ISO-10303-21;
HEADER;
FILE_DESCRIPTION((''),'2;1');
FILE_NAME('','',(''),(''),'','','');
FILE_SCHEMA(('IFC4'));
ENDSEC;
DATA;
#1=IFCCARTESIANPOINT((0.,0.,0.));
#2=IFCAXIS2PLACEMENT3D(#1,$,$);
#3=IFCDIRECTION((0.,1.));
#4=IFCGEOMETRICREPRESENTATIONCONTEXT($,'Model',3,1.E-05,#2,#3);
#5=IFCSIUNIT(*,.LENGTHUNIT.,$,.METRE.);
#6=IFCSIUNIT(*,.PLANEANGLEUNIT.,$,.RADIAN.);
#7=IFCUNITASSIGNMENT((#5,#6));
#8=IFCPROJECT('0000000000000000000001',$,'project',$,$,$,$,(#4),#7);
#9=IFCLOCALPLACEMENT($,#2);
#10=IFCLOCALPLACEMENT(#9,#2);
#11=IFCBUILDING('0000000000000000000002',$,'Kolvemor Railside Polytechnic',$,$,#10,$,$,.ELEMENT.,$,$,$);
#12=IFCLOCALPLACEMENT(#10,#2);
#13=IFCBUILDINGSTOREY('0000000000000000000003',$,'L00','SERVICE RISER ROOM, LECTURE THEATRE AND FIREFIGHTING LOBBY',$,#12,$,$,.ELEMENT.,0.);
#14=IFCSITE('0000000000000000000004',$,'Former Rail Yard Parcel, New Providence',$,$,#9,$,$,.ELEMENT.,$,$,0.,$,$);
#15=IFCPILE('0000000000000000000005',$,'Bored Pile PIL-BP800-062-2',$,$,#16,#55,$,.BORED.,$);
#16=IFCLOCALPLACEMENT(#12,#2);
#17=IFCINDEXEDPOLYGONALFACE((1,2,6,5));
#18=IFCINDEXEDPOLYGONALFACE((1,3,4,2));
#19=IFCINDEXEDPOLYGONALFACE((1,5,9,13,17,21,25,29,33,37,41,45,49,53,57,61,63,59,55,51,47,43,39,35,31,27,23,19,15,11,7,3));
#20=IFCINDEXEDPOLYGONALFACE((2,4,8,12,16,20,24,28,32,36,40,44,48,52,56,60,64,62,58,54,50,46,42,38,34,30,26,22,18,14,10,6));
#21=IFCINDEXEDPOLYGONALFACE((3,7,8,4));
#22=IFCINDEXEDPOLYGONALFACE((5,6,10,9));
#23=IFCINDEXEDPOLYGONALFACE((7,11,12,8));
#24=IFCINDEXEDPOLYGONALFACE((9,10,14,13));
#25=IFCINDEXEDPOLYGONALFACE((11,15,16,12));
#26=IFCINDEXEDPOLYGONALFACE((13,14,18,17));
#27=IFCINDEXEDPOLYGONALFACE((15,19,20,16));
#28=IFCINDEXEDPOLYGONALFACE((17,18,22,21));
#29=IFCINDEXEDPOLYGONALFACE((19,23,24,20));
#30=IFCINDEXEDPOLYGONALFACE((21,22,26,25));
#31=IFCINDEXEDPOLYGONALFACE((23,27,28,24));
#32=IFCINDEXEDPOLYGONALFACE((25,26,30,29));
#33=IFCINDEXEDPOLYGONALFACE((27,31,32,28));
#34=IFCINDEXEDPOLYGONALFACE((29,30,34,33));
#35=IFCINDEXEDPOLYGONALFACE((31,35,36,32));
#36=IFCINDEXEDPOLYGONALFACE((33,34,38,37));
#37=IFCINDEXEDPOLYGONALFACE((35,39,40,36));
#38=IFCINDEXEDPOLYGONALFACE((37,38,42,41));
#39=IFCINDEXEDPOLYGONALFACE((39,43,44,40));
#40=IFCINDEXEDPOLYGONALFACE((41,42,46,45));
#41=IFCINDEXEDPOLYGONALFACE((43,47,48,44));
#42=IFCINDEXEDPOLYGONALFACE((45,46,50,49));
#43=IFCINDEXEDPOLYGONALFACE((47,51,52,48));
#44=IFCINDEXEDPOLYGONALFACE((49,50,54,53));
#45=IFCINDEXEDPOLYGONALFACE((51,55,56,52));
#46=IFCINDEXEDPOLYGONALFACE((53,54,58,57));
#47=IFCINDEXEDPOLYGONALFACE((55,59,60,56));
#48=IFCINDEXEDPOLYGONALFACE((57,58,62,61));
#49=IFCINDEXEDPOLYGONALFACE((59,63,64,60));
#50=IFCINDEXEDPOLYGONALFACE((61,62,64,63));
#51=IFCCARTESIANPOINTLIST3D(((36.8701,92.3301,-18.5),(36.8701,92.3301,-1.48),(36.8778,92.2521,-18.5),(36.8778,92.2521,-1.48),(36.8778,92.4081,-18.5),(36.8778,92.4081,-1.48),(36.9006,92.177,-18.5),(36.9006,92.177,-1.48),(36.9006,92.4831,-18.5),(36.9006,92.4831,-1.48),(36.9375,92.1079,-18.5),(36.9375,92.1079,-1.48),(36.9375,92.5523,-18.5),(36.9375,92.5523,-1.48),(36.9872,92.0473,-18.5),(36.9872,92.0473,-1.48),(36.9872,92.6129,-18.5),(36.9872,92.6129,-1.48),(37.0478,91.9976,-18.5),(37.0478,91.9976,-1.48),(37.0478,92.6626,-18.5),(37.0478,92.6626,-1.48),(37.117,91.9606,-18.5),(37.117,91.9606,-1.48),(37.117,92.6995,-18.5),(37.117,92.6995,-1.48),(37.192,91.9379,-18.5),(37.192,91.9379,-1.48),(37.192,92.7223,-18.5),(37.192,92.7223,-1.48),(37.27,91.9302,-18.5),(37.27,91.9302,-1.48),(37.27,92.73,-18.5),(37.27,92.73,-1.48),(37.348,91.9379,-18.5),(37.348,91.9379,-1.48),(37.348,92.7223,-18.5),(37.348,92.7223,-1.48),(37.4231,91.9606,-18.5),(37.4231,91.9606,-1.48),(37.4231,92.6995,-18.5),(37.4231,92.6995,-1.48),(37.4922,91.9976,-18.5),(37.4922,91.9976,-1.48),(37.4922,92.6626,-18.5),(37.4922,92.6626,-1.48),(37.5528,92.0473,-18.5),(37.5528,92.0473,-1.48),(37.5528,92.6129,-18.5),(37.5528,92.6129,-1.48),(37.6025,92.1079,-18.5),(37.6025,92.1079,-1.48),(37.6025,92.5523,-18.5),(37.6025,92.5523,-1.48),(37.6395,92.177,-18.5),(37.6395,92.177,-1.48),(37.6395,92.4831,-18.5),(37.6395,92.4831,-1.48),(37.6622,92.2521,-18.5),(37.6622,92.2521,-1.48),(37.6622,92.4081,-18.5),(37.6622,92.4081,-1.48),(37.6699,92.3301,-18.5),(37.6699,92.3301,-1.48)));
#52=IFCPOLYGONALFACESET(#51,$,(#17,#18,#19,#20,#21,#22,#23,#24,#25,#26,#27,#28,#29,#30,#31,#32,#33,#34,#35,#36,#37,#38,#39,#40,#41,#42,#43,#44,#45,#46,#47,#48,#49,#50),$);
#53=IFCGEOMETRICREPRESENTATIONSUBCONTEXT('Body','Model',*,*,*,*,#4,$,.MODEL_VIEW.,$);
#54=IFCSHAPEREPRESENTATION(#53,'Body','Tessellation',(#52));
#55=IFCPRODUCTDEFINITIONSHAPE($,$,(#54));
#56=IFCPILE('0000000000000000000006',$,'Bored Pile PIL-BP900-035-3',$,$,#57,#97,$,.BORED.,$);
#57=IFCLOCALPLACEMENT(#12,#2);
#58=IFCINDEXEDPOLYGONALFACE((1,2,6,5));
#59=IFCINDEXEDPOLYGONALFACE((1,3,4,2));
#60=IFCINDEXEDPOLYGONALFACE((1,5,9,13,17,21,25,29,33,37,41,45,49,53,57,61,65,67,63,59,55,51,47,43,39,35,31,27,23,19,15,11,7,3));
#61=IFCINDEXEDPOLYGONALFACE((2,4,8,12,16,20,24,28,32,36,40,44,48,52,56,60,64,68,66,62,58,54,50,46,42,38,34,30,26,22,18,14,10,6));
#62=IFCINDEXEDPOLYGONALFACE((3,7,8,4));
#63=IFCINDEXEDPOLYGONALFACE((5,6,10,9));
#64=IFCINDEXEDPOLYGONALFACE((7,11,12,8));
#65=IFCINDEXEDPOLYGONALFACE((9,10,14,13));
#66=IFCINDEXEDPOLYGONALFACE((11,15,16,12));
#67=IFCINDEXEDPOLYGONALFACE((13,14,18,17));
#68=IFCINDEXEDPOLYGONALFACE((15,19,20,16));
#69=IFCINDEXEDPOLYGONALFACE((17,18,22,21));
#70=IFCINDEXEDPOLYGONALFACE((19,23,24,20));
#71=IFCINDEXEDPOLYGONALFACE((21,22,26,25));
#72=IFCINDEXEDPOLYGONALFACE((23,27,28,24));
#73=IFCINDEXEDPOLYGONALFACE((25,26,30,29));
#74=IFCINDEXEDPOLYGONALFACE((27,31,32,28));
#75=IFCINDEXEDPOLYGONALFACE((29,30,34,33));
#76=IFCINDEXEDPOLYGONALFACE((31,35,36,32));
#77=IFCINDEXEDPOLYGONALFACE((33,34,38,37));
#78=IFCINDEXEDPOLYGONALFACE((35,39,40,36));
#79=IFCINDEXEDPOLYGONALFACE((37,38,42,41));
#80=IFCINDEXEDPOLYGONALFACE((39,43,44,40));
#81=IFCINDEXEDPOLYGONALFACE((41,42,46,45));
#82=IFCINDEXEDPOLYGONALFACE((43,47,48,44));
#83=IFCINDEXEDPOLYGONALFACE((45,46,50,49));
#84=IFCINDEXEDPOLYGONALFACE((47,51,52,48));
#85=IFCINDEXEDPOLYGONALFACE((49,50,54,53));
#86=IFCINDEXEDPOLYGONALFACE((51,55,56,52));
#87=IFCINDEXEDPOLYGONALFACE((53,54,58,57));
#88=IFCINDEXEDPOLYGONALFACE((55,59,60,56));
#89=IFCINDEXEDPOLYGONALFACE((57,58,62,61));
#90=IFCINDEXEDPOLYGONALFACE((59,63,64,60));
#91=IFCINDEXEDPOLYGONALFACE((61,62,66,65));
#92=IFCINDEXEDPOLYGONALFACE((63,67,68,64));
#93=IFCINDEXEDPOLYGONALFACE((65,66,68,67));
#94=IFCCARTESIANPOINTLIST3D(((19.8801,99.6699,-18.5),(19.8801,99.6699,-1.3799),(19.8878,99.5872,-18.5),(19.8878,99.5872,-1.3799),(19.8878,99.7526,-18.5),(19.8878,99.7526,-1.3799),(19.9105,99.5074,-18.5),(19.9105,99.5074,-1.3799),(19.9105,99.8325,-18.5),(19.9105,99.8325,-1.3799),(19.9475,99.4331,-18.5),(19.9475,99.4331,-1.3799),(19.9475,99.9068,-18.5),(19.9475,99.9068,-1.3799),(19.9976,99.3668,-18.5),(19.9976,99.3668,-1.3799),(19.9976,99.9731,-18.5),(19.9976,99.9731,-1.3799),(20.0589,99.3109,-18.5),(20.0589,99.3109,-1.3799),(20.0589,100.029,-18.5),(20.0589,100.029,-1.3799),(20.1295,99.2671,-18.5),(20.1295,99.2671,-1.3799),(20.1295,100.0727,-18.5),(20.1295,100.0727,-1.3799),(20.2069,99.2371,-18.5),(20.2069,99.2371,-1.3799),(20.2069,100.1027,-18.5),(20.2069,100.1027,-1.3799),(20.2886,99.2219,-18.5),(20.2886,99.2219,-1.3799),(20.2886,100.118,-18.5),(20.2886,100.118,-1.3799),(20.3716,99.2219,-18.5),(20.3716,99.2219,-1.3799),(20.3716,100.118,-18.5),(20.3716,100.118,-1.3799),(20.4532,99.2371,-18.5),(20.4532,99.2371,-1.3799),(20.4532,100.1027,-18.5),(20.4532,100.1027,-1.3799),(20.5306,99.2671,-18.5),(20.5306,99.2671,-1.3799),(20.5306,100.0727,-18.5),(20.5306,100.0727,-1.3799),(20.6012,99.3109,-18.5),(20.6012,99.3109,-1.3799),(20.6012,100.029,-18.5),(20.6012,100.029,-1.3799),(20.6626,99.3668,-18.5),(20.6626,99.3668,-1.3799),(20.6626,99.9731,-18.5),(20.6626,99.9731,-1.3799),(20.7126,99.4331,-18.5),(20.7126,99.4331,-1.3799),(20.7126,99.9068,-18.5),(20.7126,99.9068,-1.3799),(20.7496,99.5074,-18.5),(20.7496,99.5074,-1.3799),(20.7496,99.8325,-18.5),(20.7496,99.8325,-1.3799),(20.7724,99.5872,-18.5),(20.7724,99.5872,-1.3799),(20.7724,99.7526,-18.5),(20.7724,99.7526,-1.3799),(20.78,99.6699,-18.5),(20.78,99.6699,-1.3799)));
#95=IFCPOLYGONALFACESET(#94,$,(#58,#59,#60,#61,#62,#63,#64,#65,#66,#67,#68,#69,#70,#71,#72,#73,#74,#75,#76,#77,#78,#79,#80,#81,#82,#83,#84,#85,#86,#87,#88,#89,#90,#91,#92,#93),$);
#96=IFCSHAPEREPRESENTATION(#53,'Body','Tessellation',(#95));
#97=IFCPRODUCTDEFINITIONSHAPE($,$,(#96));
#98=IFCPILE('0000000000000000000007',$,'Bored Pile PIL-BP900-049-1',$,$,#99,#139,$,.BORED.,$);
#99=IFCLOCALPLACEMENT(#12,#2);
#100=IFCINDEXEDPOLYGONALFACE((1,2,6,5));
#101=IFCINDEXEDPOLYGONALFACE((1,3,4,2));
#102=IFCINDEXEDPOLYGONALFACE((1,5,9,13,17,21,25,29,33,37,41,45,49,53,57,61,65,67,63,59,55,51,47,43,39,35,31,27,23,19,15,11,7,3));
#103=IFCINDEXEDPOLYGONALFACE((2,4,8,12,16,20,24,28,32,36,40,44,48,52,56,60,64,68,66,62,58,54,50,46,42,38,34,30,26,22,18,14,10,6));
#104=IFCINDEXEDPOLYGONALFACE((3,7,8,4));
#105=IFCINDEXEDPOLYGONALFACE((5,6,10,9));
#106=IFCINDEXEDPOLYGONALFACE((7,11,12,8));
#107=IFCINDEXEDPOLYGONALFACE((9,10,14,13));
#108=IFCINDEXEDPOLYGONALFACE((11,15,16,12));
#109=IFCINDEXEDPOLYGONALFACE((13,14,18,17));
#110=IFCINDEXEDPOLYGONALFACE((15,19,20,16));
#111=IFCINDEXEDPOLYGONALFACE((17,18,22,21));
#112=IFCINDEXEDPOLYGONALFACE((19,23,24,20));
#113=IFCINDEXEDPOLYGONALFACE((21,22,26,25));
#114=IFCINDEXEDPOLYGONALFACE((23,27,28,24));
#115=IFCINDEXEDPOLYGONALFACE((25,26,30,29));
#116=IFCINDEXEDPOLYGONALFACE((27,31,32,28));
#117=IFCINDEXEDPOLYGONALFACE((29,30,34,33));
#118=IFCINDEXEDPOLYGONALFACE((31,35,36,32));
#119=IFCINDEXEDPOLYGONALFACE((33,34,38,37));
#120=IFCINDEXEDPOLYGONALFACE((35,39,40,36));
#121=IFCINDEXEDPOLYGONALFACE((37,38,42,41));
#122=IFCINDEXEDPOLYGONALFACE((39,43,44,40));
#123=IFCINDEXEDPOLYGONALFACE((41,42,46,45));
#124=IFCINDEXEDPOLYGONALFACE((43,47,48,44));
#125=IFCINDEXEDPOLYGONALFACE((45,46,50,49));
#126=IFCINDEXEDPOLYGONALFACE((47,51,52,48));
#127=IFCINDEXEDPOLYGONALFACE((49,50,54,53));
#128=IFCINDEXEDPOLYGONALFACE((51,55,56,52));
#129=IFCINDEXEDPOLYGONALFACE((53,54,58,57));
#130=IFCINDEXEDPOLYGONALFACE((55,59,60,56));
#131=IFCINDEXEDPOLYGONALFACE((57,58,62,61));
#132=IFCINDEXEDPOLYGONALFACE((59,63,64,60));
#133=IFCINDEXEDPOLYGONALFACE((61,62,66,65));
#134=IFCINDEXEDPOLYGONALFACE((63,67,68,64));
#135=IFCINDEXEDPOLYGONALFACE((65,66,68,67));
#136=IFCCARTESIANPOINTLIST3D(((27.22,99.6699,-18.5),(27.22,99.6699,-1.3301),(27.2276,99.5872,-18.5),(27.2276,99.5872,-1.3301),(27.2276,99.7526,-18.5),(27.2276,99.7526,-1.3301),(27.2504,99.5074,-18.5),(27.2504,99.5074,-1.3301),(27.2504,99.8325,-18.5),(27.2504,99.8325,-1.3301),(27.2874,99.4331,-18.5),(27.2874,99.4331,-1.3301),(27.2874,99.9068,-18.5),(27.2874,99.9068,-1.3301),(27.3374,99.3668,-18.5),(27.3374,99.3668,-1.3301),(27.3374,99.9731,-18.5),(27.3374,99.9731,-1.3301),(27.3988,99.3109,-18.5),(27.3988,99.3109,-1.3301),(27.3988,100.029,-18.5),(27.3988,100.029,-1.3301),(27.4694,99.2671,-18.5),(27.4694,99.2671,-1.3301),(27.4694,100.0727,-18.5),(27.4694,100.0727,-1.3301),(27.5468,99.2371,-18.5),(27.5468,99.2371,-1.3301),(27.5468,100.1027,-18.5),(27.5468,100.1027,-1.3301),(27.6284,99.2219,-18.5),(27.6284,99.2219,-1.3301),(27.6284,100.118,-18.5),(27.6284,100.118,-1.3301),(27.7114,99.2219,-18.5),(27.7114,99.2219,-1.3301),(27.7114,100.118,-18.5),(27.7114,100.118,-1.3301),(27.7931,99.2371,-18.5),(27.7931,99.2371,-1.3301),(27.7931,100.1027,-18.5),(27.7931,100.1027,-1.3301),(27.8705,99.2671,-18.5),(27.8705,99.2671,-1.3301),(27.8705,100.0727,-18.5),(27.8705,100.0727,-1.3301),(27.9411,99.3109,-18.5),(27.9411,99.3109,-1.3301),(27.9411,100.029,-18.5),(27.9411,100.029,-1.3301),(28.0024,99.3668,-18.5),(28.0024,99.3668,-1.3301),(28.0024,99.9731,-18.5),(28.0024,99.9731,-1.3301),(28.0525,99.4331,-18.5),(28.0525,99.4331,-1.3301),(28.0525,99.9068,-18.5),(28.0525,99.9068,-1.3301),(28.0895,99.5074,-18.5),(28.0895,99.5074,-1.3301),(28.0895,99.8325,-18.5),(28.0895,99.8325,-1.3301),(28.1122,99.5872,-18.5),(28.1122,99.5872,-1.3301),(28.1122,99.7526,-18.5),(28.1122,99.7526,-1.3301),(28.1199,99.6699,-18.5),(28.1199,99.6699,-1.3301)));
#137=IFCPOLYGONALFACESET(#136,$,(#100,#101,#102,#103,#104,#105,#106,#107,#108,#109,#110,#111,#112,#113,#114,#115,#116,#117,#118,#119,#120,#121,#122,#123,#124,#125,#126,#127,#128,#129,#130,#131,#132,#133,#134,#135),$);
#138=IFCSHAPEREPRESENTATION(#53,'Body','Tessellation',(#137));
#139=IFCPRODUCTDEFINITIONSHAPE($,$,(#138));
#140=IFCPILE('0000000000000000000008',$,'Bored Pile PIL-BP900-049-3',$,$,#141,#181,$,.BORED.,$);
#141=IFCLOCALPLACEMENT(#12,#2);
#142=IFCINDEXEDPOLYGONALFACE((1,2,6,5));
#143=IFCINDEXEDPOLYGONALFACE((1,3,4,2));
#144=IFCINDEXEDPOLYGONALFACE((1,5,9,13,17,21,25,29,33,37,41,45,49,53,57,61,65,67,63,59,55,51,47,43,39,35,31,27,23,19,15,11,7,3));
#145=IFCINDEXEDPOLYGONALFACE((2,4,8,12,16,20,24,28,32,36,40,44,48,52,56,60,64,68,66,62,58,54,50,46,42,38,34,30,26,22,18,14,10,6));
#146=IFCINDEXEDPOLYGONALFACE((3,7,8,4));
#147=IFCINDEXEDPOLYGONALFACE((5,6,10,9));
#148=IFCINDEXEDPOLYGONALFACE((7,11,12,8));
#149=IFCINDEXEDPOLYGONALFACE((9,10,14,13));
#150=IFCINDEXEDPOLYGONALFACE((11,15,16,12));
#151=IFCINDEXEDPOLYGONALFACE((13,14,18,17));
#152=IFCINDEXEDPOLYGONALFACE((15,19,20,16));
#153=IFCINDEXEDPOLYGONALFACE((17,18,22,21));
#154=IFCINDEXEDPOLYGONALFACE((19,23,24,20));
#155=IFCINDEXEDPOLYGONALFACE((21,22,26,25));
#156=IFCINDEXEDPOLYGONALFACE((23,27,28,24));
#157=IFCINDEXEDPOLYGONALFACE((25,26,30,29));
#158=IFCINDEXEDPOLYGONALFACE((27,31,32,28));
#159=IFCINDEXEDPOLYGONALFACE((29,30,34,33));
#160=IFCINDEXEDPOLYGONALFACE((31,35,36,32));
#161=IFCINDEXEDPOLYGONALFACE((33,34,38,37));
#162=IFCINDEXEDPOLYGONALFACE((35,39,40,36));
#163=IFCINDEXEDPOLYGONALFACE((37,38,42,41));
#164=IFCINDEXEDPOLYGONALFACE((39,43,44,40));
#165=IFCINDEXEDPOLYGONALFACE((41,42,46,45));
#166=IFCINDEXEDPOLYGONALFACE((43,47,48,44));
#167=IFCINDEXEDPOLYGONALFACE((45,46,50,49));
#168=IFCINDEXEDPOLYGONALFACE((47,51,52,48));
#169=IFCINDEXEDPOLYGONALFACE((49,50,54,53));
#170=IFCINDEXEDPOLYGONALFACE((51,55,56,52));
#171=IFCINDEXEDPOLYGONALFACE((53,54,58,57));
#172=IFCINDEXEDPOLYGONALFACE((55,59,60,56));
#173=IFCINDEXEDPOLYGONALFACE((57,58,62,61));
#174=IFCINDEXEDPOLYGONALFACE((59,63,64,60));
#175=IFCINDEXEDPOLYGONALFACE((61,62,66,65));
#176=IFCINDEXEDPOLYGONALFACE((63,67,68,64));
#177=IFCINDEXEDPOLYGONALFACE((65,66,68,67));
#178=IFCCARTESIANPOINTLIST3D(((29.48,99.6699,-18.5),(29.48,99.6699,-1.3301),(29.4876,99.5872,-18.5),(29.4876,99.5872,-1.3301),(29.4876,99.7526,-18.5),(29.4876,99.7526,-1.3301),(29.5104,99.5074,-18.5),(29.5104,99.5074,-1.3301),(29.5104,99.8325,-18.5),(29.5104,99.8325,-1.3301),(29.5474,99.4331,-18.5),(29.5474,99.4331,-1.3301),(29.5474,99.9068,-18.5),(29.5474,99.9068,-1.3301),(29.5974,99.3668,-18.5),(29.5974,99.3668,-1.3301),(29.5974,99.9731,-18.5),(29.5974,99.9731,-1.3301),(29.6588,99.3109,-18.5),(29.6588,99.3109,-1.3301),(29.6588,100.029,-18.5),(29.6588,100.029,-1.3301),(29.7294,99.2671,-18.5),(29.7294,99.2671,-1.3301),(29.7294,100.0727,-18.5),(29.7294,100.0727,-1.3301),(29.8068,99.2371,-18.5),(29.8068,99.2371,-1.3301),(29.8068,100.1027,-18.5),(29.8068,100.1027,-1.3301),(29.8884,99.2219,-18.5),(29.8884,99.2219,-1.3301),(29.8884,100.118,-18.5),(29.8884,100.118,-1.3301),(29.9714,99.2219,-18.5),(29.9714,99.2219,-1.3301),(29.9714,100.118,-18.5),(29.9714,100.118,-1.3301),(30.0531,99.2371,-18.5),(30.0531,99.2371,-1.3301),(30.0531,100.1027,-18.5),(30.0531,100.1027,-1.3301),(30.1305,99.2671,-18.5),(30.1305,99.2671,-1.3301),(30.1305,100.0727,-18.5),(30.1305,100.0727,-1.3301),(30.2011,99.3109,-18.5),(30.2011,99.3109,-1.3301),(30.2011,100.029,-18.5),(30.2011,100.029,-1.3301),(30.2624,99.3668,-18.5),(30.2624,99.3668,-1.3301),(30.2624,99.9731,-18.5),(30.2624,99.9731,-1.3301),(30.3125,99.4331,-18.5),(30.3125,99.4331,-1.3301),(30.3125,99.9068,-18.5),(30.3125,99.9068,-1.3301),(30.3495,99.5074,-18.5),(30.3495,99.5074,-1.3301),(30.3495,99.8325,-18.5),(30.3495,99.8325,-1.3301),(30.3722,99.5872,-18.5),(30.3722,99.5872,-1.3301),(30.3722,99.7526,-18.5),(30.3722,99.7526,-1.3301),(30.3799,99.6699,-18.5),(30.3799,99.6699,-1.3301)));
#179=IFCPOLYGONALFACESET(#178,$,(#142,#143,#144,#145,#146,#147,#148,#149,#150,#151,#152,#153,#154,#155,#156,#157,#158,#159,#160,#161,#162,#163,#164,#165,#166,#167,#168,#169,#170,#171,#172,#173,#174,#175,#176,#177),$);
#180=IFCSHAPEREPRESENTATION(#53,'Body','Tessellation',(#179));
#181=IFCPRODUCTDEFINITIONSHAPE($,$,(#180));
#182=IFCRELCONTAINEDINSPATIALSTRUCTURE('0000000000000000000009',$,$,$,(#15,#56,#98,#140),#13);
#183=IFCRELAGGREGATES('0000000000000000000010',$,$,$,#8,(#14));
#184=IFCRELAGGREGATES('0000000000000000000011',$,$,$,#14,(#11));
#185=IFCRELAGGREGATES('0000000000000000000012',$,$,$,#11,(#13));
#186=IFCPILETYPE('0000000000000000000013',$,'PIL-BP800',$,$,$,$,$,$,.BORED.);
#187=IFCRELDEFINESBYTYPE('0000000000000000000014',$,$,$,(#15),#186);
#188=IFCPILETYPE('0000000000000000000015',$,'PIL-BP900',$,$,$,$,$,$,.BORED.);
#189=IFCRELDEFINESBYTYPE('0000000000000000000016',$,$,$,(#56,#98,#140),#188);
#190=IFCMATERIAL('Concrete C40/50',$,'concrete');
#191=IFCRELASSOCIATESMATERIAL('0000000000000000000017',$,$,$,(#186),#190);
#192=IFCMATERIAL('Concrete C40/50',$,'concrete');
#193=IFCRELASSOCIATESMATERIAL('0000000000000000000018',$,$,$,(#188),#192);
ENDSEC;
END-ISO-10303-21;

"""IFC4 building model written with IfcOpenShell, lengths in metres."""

from ifc_helpers import new_model, si_unit, direction, frame, origin, origin_2d, place, context, subcontext, project, spatial, circle, extrude, material, material_profile, profile_set, type_object, element, save


model = new_model("IFC4")

# Units and contexts
model_context = context("Model", 3, precision=1e-05, world=origin(), true_north=direction((0.0, 1.0)))
body_context = subcontext(model_context, "Body", "Model", "MODEL_VIEW")
ifc_project = project(units=[si_unit("LENGTHUNIT", "METRE"), si_unit("PLANEANGLEUNIT", "RADIAN")], contexts=[model_context])

# Site, building, storey
site_placement = place(None, origin())
site = spatial("IfcSite", under=ifc_project, at=site_placement, Name="Former Rail Yard Parcel, New Providence", CompositionType="ELEMENT", RefElevation=0.0)
building_placement = place(site_placement, origin())
building = spatial("IfcBuilding", under=site, at=building_placement, Name="Kolvemor Railside Polytechnic", CompositionType="ELEMENT")
storey_placement = place(building_placement, origin())
storey = spatial("IfcBuildingStorey", under=building, at=storey_placement, Name="L00", Description="SERVICE RISER ROOM, LECTURE THEATRE AND FIREFIGHTING LOBBY", CompositionType="ELEMENT", Elevation=0.0)

# Piles
ifc_material_1 = material(Name="Concrete C40/50", Category="concrete")
ifc_material_profile_1 = material_profile(ifc_material_1, circle(Radius=0.3999, at=origin_2d()), Name="BP800")
ifc_profile_set_1 = profile_set([ifc_material_profile_1], Name="Concrete C40/50")
pile_type_1 = type_object("IfcPileType", Name="PIL-BP800", PredefinedType="BORED", material=ifc_profile_set_1)
for number, where, z_axis, x_axis, name in (
    (1, (37.27, 92.3301, -1.48), (0.0, 0.0, -1.0), (1.0, 0.0, 0.0), "Bored Pile PIL-BP800-062-2"),
):
    element("IfcPile", number, at=place(storey_placement, frame(where, z_axis=z_axis, x_axis=x_axis)), inside=storey, type_object=pile_type_1, Name=name, PredefinedType="BORED", context=body_context, shape_type="SweptSolid", body=[
        extrude(circle(Radius=0.3999, at=origin_2d()), origin(), (0.0, 0.0, 1.0), 17.02),
    ])
ifc_material_2 = material(Name="Concrete C40/50", Category="concrete")
ifc_material_profile_2 = material_profile(ifc_material_2, circle(Radius=0.45, at=origin_2d()), Name="BP900")
ifc_profile_set_2 = profile_set([ifc_material_profile_2], Name="Concrete C40/50")
pile_type_2 = type_object("IfcPileType", Name="PIL-BP900", PredefinedType="BORED", material=ifc_profile_set_2)
pile_1_placement = place(storey_placement, frame((20.3301, 99.6699, -1.3799), z_axis=(0.0, 0.0, -1.0), x_axis=(1.0, 0.0, 0.0)))
element("IfcPile", 2, at=pile_1_placement, inside=storey, type_object=pile_type_2, Name="Bored Pile PIL-BP900-035-3", PredefinedType="BORED", context=body_context, shape_type="SweptSolid", body=[
    extrude(circle(Radius=0.45, at=origin_2d()), origin(), (0.0, 0.0, 1.0), 17.1201),
])
for number, where, z_axis, x_axis, name in (
    (3, (27.6699, 99.6699, -1.3301), (0.0, 0.0, -1.0), (1.0, 0.0, 0.0), "Bored Pile PIL-BP900-049-1"),
    (4, (29.9299, 99.6699, -1.3301), (0.0, 0.0, -1.0), (1.0, 0.0, 0.0), "Bored Pile PIL-BP900-049-3"),
):
    element("IfcPile", number, at=place(storey_placement, frame(where, z_axis=z_axis, x_axis=x_axis)), inside=storey, type_object=pile_type_2, Name=name, PredefinedType="BORED", context=body_context, shape_type="SweptSolid", body=[
        extrude(circle(Radius=0.45, at=origin_2d()), origin(), (0.0, 0.0, 1.0), 17.1699),
    ])

save(model, "model.ifc")
